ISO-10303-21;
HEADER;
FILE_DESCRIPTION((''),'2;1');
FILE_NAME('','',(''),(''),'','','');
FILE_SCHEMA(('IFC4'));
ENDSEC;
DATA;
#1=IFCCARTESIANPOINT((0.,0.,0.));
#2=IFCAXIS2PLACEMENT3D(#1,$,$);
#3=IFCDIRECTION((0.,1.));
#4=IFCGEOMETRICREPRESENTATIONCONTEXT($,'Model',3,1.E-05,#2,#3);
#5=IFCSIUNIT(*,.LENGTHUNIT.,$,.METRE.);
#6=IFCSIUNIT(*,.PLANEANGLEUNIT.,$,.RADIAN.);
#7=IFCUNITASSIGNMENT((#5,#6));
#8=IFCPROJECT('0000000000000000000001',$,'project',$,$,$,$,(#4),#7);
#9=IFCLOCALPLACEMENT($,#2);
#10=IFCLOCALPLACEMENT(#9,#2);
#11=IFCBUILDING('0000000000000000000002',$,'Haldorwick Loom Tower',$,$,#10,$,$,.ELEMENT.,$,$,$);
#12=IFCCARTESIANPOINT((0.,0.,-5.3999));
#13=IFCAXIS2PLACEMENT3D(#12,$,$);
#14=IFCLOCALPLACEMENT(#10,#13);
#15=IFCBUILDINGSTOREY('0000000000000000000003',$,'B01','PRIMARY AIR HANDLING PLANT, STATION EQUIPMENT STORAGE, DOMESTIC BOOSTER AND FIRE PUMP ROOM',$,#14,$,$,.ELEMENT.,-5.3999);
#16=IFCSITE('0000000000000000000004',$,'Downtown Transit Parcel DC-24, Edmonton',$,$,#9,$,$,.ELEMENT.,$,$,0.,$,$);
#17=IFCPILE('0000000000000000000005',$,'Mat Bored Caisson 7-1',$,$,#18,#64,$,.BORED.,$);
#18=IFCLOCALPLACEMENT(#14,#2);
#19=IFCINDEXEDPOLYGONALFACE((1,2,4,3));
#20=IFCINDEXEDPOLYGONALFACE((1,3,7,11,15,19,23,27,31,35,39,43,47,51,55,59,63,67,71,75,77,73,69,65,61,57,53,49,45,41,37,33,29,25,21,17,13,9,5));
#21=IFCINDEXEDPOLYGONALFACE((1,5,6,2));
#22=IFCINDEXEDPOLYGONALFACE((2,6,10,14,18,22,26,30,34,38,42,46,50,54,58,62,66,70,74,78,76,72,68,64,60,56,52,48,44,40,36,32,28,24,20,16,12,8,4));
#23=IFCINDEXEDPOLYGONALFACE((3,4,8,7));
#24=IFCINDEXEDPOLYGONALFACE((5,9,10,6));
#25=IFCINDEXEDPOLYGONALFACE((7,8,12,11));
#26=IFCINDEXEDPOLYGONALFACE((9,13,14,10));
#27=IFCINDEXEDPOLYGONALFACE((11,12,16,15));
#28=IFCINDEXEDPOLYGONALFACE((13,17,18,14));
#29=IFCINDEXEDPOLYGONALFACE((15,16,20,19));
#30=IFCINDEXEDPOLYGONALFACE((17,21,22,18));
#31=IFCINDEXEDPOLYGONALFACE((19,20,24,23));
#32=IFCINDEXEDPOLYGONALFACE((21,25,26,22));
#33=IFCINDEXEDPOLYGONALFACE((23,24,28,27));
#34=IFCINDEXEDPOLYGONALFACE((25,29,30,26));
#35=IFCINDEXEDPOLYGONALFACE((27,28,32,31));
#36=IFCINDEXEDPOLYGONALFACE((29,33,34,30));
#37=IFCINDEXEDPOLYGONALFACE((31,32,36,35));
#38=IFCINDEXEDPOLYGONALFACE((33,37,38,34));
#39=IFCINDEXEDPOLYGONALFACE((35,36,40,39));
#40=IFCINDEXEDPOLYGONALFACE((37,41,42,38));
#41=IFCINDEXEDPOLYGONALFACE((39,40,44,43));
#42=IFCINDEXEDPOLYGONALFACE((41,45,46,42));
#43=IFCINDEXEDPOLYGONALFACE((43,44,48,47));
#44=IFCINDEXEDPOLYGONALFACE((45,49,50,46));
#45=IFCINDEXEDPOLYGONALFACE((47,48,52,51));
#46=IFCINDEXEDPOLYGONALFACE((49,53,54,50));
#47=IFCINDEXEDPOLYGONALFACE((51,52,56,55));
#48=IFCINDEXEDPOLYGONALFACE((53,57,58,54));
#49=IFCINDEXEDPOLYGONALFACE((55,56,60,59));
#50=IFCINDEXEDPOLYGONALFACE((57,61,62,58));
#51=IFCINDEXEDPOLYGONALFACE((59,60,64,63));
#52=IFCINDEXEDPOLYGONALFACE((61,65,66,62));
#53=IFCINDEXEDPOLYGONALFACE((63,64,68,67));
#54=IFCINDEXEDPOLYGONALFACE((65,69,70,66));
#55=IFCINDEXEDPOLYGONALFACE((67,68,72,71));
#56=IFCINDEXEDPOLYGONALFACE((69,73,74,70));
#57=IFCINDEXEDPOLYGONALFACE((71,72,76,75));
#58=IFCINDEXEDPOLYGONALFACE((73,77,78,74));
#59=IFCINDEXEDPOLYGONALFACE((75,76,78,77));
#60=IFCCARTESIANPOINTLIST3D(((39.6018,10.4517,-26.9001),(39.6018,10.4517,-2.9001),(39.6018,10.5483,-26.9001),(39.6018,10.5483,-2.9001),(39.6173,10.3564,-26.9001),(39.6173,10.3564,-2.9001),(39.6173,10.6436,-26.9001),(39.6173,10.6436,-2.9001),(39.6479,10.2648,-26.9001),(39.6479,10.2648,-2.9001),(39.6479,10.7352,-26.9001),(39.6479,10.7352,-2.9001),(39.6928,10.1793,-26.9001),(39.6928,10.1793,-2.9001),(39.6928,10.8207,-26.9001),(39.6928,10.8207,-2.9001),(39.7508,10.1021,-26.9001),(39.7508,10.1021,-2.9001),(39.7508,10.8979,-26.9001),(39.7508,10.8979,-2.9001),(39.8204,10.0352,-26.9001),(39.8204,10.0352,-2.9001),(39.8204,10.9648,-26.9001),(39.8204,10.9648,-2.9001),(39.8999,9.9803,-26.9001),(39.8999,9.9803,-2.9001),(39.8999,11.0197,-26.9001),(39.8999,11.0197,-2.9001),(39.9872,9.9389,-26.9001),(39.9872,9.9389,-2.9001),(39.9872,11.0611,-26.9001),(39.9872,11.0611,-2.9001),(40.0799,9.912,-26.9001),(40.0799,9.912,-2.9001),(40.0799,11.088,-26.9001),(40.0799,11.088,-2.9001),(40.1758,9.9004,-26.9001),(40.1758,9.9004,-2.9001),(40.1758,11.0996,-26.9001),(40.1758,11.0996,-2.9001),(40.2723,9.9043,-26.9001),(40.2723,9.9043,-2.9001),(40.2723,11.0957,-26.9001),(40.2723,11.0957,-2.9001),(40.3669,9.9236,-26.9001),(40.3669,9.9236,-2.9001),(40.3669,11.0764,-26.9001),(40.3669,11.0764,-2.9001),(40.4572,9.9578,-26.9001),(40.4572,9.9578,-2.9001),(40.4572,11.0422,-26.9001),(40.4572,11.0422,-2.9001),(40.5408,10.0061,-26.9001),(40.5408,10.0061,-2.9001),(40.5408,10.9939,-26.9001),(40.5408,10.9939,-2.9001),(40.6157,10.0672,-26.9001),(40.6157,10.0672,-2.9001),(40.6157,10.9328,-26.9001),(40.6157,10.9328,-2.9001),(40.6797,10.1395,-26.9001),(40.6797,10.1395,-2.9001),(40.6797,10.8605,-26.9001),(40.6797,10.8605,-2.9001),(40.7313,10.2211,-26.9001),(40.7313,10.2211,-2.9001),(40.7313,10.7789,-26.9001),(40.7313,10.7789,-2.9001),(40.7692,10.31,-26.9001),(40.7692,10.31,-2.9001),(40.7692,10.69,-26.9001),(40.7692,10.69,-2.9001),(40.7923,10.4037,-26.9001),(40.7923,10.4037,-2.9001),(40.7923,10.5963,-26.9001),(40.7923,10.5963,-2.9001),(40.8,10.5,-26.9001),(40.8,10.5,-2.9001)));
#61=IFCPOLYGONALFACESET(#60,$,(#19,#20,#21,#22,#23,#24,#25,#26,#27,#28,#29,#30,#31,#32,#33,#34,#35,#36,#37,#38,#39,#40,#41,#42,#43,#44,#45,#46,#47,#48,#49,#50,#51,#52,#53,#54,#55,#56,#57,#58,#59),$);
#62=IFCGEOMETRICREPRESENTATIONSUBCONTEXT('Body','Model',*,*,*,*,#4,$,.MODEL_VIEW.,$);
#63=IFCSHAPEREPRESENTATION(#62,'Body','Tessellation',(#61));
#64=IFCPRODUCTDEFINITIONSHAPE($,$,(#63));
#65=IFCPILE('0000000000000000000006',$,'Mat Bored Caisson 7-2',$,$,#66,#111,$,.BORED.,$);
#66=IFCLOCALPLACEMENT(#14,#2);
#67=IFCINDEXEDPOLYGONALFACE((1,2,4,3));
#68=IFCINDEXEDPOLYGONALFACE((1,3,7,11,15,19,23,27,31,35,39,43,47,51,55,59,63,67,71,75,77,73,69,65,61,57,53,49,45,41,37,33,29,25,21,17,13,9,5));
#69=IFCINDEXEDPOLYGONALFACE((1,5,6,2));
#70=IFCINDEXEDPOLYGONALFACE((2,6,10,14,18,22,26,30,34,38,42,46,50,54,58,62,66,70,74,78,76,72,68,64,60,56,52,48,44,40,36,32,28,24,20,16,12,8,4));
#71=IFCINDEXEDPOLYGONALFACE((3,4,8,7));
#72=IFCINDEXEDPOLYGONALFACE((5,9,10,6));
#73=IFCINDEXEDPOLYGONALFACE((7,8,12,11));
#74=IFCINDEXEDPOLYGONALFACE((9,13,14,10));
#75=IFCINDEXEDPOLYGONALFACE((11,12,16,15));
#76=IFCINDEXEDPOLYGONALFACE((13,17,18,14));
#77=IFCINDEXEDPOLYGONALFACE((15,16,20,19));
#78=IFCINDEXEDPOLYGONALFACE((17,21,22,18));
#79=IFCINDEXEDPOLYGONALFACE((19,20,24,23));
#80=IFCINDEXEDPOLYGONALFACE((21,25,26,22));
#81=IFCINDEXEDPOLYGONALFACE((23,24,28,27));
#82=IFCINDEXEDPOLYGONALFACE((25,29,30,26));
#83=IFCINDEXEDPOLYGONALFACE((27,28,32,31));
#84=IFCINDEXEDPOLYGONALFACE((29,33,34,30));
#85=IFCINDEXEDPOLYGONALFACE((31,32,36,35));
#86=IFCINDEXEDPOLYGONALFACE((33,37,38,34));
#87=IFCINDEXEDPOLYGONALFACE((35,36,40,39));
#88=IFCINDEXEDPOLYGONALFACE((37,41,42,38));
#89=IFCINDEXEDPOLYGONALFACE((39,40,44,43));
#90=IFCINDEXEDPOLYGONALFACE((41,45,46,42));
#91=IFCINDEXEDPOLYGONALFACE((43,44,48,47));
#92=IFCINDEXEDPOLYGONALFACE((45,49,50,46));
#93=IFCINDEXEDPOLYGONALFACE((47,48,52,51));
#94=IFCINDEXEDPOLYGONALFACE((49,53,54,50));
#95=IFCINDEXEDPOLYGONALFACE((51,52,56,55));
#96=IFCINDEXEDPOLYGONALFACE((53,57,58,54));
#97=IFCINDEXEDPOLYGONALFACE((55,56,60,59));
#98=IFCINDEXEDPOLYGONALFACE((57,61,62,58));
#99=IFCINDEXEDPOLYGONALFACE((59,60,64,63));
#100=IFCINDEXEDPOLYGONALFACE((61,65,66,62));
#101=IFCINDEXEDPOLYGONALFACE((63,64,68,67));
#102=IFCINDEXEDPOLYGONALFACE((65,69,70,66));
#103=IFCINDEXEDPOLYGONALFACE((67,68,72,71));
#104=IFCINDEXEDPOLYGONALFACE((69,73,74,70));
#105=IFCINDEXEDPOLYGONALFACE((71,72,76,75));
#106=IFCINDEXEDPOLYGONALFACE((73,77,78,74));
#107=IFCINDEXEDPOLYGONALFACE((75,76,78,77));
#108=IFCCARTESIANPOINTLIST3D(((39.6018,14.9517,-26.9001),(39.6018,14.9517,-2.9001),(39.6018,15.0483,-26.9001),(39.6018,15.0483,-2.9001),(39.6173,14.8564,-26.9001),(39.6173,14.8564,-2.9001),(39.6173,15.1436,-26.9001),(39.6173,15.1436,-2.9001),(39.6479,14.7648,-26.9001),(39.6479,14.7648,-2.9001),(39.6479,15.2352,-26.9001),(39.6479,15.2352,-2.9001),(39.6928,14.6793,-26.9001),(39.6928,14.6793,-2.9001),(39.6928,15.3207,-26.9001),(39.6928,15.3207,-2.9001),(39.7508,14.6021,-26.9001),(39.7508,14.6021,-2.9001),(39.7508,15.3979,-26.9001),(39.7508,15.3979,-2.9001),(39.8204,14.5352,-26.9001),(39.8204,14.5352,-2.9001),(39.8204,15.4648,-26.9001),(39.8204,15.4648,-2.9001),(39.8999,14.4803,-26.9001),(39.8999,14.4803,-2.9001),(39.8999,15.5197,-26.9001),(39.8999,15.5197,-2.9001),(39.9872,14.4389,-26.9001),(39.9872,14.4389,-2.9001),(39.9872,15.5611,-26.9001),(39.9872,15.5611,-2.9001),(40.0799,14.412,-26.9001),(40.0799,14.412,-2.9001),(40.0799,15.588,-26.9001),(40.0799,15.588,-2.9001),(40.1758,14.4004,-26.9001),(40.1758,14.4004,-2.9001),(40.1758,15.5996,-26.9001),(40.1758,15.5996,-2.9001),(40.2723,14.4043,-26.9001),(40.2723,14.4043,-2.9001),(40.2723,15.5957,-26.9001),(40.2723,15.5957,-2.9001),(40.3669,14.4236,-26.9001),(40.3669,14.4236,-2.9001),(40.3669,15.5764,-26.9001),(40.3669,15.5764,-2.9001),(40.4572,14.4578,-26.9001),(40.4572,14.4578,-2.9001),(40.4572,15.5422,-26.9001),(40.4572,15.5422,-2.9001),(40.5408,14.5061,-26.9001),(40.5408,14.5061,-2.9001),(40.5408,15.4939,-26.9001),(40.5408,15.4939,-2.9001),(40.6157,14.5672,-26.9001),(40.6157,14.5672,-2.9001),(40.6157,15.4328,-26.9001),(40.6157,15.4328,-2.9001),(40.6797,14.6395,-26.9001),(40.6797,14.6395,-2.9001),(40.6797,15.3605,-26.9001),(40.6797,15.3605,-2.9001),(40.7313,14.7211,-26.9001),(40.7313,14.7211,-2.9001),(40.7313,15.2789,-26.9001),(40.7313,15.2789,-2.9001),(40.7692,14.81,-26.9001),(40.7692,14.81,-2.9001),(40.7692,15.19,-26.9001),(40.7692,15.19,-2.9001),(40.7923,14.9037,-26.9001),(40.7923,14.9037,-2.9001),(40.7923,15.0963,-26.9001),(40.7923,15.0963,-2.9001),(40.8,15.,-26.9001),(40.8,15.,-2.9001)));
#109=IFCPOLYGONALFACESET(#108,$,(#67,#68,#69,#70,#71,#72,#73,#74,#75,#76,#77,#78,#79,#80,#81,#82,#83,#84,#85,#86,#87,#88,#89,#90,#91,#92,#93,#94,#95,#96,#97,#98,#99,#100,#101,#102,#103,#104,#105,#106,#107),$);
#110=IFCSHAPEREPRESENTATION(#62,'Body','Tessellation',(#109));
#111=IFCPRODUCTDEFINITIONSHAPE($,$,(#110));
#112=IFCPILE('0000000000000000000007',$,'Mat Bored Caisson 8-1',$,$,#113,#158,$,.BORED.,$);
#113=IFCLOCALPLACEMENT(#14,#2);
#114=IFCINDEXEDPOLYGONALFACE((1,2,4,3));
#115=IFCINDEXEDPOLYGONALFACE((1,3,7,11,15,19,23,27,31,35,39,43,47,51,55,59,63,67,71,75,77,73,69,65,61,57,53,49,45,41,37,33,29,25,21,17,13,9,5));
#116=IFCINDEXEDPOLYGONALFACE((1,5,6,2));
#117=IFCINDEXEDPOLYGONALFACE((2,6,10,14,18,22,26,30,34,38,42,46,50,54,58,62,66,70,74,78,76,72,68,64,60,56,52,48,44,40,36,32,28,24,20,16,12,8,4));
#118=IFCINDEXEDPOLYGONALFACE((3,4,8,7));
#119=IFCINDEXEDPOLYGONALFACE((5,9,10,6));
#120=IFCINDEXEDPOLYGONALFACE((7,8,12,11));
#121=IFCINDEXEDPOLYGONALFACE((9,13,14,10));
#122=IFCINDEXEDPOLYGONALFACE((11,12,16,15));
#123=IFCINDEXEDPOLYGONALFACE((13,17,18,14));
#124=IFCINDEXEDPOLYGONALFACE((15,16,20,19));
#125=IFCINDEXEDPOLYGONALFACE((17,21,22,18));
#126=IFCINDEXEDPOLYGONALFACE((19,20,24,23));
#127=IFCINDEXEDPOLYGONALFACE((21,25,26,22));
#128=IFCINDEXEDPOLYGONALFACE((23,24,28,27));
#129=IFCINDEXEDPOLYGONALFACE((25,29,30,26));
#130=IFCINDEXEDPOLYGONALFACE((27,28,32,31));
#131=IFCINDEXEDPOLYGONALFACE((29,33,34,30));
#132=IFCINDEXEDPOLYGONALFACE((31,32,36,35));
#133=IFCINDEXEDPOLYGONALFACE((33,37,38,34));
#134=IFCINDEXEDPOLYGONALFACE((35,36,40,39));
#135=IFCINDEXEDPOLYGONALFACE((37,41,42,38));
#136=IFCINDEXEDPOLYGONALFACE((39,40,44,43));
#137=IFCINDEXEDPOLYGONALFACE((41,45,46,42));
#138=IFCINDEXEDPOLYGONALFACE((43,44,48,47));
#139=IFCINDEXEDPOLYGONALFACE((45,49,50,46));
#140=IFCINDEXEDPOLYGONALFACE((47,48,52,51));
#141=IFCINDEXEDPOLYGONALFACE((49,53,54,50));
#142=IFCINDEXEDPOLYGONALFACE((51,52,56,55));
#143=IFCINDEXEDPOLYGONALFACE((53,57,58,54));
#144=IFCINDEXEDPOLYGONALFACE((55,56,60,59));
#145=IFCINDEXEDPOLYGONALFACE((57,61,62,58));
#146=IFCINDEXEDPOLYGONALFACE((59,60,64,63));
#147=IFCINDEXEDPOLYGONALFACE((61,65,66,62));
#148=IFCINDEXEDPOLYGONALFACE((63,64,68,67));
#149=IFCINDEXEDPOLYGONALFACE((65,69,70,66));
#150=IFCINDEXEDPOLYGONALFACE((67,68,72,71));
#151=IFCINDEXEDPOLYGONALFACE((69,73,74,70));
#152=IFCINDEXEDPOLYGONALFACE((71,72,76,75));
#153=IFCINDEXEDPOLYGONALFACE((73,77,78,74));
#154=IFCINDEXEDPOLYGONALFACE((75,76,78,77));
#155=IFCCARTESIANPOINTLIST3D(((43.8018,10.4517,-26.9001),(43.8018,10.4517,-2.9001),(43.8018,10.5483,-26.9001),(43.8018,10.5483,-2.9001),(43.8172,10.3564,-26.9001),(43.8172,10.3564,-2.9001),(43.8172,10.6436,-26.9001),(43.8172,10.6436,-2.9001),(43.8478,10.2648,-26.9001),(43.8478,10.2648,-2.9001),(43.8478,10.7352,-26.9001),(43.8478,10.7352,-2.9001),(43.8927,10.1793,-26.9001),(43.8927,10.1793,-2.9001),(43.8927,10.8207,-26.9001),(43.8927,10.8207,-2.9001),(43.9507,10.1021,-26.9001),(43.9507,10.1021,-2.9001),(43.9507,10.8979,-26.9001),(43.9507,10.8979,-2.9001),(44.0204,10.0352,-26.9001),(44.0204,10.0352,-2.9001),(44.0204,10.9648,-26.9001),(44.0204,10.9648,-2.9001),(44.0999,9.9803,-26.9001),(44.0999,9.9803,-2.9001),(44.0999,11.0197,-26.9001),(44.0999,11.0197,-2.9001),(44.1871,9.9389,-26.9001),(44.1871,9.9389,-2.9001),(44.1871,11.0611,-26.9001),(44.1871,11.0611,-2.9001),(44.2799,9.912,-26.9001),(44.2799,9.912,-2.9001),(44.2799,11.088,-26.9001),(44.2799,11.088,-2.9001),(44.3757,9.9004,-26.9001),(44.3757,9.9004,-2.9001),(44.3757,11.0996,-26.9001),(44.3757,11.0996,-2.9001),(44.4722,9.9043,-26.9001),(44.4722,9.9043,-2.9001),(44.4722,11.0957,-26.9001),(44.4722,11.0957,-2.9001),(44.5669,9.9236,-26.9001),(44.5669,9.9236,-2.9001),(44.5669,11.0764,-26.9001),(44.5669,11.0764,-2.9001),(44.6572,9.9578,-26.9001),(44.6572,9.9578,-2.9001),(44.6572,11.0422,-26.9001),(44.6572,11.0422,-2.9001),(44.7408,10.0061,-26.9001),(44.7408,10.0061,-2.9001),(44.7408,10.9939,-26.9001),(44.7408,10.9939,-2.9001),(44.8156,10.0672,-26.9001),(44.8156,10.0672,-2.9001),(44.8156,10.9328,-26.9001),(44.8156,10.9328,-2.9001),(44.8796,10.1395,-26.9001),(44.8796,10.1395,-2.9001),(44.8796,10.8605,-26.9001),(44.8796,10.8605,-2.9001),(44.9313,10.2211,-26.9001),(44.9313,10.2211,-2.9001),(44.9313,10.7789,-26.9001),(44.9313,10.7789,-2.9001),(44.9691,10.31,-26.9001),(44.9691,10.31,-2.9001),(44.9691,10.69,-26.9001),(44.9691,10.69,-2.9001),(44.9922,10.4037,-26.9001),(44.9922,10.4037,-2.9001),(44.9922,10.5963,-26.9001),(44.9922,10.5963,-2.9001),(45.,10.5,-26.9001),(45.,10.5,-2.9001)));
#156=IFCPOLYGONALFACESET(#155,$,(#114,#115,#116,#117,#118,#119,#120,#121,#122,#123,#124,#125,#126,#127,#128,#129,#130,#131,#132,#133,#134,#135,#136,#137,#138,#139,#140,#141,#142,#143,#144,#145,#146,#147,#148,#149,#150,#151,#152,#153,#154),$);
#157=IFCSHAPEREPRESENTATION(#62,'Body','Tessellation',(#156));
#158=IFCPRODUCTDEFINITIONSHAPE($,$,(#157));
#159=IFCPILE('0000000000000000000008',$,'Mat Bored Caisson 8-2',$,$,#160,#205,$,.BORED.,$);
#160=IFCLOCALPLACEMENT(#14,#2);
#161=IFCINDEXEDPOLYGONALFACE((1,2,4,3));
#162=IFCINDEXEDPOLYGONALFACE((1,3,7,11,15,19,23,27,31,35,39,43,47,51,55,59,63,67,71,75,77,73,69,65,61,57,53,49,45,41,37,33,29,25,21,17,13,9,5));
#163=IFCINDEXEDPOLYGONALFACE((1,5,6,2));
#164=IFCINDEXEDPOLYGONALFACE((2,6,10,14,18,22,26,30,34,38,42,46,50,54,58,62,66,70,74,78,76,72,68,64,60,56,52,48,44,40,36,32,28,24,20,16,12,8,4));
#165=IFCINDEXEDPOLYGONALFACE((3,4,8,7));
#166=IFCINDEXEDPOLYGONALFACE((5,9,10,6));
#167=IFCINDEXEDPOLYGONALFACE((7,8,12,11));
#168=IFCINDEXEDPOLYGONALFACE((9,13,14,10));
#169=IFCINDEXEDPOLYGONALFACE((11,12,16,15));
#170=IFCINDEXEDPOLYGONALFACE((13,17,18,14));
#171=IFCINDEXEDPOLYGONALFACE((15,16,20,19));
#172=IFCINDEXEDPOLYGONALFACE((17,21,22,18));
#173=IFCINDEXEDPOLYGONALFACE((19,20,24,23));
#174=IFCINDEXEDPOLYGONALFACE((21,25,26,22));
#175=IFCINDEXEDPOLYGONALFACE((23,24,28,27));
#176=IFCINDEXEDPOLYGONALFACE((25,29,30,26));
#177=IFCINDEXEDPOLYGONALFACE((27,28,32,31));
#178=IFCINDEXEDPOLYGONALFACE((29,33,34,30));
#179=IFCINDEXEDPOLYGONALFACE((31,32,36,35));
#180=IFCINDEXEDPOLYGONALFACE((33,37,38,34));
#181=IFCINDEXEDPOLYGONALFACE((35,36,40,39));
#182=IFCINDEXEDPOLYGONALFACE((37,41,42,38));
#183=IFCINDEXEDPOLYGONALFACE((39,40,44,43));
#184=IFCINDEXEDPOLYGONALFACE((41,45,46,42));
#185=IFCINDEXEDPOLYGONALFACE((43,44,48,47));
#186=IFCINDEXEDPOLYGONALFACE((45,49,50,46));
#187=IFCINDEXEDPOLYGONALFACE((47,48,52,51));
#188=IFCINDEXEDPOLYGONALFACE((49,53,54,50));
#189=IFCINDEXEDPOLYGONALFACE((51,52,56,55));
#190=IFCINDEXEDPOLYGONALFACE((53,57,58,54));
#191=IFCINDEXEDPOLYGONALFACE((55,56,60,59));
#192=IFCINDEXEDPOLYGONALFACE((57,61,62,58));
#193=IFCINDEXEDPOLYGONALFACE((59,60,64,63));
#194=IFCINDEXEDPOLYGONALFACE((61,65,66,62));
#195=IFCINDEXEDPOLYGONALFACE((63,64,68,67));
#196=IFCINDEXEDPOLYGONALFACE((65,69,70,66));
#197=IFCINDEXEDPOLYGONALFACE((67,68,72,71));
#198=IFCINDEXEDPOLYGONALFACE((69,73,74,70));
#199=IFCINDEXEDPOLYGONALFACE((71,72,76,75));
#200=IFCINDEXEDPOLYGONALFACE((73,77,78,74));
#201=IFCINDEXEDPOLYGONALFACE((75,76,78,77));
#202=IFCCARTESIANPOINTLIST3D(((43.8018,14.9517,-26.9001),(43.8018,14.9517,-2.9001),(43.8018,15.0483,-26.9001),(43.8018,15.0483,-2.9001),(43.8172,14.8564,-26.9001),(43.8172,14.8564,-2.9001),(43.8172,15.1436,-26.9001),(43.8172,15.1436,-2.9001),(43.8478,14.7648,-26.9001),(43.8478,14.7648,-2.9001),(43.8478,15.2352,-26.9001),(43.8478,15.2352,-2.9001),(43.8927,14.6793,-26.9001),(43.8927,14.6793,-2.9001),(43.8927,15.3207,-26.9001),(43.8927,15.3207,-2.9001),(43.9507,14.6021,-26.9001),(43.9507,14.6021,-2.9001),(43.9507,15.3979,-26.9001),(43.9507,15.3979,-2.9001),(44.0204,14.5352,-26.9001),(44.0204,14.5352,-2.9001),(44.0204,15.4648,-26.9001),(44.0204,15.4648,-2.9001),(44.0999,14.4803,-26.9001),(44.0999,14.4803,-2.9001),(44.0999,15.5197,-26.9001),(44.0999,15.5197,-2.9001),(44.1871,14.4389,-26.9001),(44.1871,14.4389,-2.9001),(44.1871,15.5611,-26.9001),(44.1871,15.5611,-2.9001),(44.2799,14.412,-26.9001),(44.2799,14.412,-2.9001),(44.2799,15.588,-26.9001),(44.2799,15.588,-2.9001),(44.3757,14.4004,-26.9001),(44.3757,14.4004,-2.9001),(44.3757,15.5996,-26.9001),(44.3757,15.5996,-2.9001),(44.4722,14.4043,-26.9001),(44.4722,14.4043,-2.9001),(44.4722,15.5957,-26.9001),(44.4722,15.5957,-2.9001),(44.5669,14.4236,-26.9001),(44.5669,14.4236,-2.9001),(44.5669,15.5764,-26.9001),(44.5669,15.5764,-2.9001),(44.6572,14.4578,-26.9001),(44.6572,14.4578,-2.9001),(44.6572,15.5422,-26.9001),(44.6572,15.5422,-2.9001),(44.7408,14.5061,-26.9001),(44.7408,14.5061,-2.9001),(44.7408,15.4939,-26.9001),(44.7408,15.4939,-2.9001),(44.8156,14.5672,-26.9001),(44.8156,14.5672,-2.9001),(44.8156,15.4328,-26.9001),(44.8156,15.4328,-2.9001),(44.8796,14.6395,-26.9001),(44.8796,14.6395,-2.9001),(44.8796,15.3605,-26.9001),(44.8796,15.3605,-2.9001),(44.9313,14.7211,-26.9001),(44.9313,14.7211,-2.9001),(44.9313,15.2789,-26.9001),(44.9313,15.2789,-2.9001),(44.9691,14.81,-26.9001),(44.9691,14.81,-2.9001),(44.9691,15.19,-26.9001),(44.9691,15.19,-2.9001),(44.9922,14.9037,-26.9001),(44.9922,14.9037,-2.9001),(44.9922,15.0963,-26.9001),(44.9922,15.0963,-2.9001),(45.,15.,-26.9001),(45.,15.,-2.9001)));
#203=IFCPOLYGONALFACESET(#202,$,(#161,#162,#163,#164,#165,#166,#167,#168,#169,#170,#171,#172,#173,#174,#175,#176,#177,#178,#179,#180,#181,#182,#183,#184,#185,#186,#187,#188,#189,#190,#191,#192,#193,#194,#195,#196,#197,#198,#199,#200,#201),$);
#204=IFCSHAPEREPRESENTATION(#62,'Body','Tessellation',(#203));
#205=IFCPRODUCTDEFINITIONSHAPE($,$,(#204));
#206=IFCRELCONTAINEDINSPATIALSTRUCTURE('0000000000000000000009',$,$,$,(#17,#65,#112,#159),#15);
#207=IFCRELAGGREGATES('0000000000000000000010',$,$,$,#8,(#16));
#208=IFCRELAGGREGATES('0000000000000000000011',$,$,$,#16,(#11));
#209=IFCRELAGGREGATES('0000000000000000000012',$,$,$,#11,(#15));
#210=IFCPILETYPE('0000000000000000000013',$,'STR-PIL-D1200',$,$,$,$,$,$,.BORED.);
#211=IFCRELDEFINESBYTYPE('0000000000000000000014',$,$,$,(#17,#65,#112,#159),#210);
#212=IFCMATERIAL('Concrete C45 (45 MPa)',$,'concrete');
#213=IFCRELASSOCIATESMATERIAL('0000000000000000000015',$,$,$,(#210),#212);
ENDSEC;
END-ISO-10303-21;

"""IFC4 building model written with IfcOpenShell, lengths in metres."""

from ifc_helpers import new_model, si_unit, direction, frame, origin, origin_2d, place, context, subcontext, project, spatial, circle, extrude, material, material_profile, profile_set, type_object, element, save


model = new_model("IFC4")

# Units and contexts
model_context = context("Model", 3, precision=1e-05, world=origin(), true_north=direction((0.0, 1.0)))
body_context = subcontext(model_context, "Body", "Model", "MODEL_VIEW")
ifc_project = project(units=[si_unit("LENGTHUNIT", "METRE"), si_unit("PLANEANGLEUNIT", "RADIAN")], contexts=[model_context])

# Site, building, storey
site_placement = place(None, origin())
site = spatial("IfcSite", under=ifc_project, at=site_placement, Name="Downtown Transit Parcel DC-24, Edmonton", CompositionType="ELEMENT", RefElevation=0.0)
building_placement = place(site_placement, origin())
building = spatial("IfcBuilding", under=site, at=building_placement, Name="Haldorwick Loom Tower", CompositionType="ELEMENT")
storey_placement = place(building_placement, frame((0.0, 0.0, -5.3999)))
storey = spatial("IfcBuildingStorey", under=building, at=storey_placement, Name="B01", Description="PRIMARY AIR HANDLING PLANT, STATION EQUIPMENT STORAGE, DOMESTIC BOOSTER AND FIRE PUMP ROOM", CompositionType="ELEMENT", Elevation=-5.3999)

# Shared definitions
ifc_material_1 = material(Name="Concrete C45 (45 MPa)", Category="concrete")

# Piles
ifc_material_profile_1 = material_profile(ifc_material_1, circle(Radius=0.6001, at=origin_2d()), Name="CAISSON_D1200", Category="concrete")
ifc_profile_set_1 = profile_set([ifc_material_profile_1], Name="Concrete C45 (45 MPa)")
pile_type = type_object("IfcPileType", Name="STR-PIL-D1200", PredefinedType="BORED", material=ifc_profile_set_1)
for number, where, z_axis, x_axis, name in (
    (1, (40.2, 10.5, -2.9001), (0.0, 0.0, -1.0), (1.0, 0.0, 0.0), "Mat Bored Caisson 7-1"),
    (2, (40.2, 15.0, -2.9001), (0.0, 0.0, -1.0), (1.0, 0.0, 0.0), "Mat Bored Caisson 7-2"),
    (3, (44.3999, 10.5, -2.9001), (0.0, 0.0, -1.0), (1.0, 0.0, 0.0), "Mat Bored Caisson 8-1"),
    (4, (44.3999, 15.0, -2.9001), (0.0, 0.0, -1.0), (1.0, 0.0, 0.0), "Mat Bored Caisson 8-2"),
):
    element("IfcPile", number, at=place(storey_placement, frame(where, z_axis=z_axis, x_axis=x_axis)), inside=storey, type_object=pile_type, Name=name, PredefinedType="BORED", context=body_context, shape_type="SweptSolid", body=[
        extrude(circle(Radius=0.6001, at=origin_2d()), origin(), (0.0, 0.0, 1.0), 24.0),
    ])

save(model, "model.ifc")
